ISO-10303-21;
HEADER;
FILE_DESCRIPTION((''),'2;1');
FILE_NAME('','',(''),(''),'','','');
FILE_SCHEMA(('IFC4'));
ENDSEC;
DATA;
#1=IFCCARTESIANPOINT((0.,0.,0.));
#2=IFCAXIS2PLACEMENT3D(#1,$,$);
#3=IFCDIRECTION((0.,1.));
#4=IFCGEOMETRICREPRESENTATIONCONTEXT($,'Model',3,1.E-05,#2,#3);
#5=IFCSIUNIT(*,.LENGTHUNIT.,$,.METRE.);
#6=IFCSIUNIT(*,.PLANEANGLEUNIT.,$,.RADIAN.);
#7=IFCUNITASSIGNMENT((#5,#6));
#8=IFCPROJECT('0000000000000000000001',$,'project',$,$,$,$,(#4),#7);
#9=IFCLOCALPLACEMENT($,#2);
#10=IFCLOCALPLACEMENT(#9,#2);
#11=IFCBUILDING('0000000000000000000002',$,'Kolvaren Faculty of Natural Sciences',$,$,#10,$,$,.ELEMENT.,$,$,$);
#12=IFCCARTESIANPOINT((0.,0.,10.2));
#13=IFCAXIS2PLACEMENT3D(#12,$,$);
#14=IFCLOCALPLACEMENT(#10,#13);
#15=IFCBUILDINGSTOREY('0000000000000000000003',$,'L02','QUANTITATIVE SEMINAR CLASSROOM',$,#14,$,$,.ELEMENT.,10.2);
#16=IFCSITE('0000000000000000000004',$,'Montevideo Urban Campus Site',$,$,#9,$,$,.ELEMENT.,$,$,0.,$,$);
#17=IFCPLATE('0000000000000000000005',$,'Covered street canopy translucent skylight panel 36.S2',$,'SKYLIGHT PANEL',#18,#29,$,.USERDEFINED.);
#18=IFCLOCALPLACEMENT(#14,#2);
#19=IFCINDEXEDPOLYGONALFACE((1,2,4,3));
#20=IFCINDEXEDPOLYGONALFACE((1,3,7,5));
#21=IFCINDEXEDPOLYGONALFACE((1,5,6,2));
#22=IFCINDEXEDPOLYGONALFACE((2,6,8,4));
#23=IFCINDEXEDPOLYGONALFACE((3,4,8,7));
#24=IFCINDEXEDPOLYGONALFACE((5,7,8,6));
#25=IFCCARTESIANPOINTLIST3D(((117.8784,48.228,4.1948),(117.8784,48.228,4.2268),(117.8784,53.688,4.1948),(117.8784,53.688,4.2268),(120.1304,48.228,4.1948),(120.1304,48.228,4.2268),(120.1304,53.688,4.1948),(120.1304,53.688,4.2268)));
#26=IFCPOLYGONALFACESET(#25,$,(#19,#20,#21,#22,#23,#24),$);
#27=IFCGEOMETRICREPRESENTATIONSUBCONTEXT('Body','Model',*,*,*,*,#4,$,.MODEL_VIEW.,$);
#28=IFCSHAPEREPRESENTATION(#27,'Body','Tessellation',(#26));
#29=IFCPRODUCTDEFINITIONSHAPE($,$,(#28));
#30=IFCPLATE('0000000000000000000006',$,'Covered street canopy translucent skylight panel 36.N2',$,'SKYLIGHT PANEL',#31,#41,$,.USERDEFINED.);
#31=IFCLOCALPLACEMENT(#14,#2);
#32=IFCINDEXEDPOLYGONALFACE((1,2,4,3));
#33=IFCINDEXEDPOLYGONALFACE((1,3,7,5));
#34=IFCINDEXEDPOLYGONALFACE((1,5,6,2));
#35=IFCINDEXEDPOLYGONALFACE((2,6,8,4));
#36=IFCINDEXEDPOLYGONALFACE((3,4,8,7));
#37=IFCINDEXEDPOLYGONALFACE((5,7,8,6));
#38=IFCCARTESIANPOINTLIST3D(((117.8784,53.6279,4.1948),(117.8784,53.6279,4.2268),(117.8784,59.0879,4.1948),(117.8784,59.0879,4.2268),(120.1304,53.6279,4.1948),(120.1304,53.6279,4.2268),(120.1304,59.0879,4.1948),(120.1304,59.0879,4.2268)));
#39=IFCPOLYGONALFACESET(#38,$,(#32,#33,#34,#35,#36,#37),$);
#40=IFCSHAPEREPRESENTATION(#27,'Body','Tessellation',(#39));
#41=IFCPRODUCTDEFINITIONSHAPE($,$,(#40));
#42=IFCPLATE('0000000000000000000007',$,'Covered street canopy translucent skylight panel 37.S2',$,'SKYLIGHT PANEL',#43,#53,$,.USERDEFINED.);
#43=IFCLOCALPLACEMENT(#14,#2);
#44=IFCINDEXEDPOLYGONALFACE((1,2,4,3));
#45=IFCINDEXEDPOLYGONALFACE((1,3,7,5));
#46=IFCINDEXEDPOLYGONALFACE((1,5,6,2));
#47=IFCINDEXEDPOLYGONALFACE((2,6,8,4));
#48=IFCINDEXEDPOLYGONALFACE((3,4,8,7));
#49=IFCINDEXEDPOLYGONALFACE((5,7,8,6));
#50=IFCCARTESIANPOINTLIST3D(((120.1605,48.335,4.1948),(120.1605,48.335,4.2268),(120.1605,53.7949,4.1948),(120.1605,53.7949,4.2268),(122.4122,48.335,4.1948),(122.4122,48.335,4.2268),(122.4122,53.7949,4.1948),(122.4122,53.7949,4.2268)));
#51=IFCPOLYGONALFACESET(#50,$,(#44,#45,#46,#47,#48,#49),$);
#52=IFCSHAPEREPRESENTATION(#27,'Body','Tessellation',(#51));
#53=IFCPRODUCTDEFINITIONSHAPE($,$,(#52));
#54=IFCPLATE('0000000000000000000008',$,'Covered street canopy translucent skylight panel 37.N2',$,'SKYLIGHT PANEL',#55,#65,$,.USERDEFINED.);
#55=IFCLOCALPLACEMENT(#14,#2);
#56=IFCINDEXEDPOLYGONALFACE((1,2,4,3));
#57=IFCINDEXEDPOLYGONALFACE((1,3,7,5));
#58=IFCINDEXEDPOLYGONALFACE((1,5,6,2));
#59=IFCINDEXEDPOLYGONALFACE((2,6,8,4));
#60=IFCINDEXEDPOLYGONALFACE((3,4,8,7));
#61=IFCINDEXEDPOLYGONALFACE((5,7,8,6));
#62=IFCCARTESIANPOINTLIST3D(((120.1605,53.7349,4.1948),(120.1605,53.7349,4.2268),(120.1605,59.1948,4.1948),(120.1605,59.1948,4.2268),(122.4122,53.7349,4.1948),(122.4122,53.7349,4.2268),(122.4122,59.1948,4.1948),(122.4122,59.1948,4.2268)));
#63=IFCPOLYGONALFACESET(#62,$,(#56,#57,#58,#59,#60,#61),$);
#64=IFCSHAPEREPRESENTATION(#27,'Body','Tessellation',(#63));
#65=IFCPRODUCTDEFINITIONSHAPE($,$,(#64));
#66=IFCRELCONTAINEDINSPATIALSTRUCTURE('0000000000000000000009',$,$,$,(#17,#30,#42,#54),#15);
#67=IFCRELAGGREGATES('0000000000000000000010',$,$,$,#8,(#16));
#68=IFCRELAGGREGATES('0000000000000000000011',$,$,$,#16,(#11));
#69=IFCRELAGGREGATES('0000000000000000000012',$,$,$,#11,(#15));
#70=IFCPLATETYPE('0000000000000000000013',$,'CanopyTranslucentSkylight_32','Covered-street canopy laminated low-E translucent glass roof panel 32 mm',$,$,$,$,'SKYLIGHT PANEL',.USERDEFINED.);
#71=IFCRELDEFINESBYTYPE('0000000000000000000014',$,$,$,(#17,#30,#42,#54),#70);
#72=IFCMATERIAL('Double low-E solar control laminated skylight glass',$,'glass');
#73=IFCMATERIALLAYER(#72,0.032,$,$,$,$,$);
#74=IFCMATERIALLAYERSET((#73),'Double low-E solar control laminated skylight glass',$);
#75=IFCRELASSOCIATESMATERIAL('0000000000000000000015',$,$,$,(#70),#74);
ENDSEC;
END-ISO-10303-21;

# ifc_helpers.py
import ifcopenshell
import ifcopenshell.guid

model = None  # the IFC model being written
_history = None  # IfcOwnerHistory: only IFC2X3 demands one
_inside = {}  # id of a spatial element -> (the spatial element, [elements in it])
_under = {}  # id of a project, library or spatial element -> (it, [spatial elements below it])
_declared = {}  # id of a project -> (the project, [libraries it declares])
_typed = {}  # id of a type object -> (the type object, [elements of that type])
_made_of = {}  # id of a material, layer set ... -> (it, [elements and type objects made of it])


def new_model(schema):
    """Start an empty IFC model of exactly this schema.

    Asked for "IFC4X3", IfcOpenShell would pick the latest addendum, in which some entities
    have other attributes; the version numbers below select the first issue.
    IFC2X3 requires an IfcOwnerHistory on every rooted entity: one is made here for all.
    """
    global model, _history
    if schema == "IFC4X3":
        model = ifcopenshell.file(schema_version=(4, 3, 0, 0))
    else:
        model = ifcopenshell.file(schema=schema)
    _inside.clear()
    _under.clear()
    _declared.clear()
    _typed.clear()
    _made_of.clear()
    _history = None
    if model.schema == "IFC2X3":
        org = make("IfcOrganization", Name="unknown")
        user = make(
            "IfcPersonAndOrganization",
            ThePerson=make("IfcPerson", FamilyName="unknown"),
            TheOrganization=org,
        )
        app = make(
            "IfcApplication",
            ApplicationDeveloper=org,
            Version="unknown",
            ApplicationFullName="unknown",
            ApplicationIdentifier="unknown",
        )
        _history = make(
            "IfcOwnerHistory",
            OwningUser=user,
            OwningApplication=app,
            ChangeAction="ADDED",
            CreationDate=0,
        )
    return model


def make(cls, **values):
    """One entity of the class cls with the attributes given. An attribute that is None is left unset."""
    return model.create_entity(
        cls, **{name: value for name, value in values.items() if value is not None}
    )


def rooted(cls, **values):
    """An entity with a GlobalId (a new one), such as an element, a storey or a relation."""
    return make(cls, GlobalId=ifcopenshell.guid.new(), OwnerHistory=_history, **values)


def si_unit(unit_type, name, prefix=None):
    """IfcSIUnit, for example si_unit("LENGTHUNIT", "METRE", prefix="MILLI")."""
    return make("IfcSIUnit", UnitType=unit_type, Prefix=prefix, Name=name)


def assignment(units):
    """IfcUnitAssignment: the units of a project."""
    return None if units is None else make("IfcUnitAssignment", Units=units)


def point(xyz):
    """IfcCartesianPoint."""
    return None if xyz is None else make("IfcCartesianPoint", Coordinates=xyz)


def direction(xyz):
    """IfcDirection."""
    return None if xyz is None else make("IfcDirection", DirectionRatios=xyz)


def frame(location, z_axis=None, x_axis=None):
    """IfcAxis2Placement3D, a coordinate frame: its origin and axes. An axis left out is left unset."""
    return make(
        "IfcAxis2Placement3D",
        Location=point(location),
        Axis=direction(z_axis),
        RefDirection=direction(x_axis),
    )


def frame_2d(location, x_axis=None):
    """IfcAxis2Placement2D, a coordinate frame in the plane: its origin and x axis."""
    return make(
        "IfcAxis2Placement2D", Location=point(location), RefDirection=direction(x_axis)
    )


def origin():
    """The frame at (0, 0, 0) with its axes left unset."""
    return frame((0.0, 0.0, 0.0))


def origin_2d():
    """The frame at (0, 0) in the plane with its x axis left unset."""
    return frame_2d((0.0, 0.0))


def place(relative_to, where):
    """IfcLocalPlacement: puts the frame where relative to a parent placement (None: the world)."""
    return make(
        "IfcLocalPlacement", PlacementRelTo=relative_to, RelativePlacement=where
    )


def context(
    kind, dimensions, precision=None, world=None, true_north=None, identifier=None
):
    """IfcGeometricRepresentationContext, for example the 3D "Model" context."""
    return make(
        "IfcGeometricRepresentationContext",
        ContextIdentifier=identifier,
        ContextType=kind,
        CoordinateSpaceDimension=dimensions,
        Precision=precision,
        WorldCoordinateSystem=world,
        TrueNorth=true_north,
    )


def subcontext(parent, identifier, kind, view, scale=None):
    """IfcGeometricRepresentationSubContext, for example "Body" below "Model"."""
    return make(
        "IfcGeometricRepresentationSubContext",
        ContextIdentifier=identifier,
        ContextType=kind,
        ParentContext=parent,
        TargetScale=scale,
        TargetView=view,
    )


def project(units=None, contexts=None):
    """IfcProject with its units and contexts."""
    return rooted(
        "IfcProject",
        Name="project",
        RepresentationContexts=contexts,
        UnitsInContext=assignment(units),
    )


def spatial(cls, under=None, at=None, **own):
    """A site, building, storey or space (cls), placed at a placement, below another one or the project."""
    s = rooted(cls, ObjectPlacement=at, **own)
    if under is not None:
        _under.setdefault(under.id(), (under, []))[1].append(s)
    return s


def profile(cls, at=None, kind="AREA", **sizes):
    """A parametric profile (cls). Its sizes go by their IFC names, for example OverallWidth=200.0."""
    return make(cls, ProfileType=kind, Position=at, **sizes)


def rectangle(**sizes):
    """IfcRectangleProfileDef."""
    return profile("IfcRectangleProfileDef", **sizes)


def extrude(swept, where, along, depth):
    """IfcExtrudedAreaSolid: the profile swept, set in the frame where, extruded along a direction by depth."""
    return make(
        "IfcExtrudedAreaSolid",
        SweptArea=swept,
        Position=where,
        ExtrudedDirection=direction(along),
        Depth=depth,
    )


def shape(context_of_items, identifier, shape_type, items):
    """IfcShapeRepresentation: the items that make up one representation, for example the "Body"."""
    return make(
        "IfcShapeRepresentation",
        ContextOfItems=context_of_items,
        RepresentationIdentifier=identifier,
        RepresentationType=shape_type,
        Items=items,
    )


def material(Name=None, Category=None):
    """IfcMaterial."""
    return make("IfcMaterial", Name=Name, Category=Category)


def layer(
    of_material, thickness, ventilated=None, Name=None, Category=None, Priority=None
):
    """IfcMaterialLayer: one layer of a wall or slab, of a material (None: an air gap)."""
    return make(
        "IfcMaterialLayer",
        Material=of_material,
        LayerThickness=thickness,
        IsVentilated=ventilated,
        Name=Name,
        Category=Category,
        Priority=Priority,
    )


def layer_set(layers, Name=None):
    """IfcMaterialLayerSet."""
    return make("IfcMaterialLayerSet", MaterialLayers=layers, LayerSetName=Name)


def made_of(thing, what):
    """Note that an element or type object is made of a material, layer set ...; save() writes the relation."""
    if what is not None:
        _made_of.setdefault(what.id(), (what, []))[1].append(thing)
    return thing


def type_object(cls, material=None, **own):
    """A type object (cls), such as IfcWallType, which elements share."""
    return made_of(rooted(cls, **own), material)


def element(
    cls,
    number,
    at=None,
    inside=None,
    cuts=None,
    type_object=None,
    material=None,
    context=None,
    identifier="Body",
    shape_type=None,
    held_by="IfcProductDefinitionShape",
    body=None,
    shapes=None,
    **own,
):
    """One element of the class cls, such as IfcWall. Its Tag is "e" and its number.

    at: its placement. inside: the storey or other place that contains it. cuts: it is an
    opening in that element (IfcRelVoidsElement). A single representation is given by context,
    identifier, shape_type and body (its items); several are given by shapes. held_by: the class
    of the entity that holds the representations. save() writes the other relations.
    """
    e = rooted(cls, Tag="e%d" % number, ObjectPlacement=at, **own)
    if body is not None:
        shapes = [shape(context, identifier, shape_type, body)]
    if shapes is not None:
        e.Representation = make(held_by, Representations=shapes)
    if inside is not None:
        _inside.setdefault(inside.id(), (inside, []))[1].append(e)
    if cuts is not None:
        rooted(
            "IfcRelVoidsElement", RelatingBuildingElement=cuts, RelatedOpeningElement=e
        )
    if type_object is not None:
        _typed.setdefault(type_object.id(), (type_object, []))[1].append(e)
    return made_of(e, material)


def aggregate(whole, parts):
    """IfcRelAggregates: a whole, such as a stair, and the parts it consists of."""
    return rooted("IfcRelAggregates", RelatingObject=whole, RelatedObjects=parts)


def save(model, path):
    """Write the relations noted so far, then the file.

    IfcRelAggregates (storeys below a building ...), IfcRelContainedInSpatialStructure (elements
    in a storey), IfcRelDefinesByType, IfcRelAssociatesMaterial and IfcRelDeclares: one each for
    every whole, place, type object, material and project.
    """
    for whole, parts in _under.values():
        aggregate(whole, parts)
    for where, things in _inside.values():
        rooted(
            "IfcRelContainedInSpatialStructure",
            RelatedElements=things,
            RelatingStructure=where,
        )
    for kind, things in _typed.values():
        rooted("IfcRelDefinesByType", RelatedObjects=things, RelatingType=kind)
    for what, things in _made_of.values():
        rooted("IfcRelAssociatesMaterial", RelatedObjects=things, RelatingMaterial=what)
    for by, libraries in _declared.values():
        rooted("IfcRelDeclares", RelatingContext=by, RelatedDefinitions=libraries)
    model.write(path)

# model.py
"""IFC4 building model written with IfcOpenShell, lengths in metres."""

from ifc_helpers import new_model, si_unit, direction, frame, origin, origin_2d, place, context, subcontext, project, spatial, rectangle, extrude, material, layer, layer_set, type_object, element, save


model = new_model("IFC4")

# Units and contexts
model_context = context("Model", 3, precision=1e-05, world=origin(), true_north=direction((0.0, 1.0)))
body_context = subcontext(model_context, "Body", "Model", "MODEL_VIEW")
ifc_project = project(units=[si_unit("LENGTHUNIT", "METRE"), si_unit("PLANEANGLEUNIT", "RADIAN")], contexts=[model_context])

# Site, building, storey
site_placement = place(None, origin())
site = spatial("IfcSite", under=ifc_project, at=site_placement, Name="Montevideo Urban Campus Site", CompositionType="ELEMENT", RefElevation=0.0)
building_placement = place(site_placement, origin())
building = spatial("IfcBuilding", under=site, at=building_placement, Name="Kolvaren Faculty of Natural Sciences", CompositionType="ELEMENT")
storey_placement = place(building_placement, frame((0.0, 0.0, 10.2)))
storey = spatial("IfcBuildingStorey", under=building, at=storey_placement, Name="L02", Description="QUANTITATIVE SEMINAR CLASSROOM", CompositionType="ELEMENT", Elevation=10.2)

# Plates
ifc_material_1 = material(Name="Double low-E solar control laminated skylight glass", Category="glass")
ifc_layer_1 = layer(ifc_material_1, 0.032)
ifc_layer_set_1 = layer_set([ifc_layer_1], Name="Double low-E solar control laminated skylight glass")
plate_type_1 = type_object("IfcPlateType", Name="CanopyTranslucentSkylight_32", Description="Covered-street canopy laminated low-E translucent glass roof panel 32 mm", ElementType="SKYLIGHT PANEL", PredefinedType="USERDEFINED", material=ifc_layer_set_1)
for number, where, z_axis, x_axis, name in (
    (1, (119.0044, 50.958, 4.1948), (0.0, 0.0, 1.0), (1.0, 0.0, 0.0), "Covered street canopy translucent skylight panel 36.S2"),
    (2, (119.0044, 56.3579, 4.1948), (0.0, 0.0, 1.0), (1.0, 0.0, 0.0), "Covered street canopy translucent skylight panel 36.N2"),
):
    element("IfcPlate", number, at=place(storey_placement, frame(where, z_axis=z_axis, x_axis=x_axis)), inside=storey, type_object=plate_type_1, Name=name, ObjectType="SKYLIGHT PANEL", PredefinedType="USERDEFINED", context=body_context, shape_type="SweptSolid", body=[
        extrude(rectangle(XDim=2.252, YDim=5.46, at=origin_2d()), origin(), (0.0, 0.0, 1.0), 0.032),
    ])
for number, where, z_axis, x_axis, name in (
    (3, (121.2864, 51.0649, 4.1948), (0.0, 0.0, 1.0), (1.0, 0.0, 0.0), "Covered street canopy translucent skylight panel 37.S2"),
    (4, (121.2864, 56.4648, 4.1948), (0.0, 0.0, 1.0), (1.0, 0.0, 0.0), "Covered street canopy translucent skylight panel 37.N2"),
):
    element("IfcPlate", number, at=place(storey_placement, frame(where, z_axis=z_axis, x_axis=x_axis)), inside=storey, type_object=plate_type_1, Name=name, ObjectType="SKYLIGHT PANEL", PredefinedType="USERDEFINED", context=body_context, shape_type="SweptSolid", body=[
        extrude(rectangle(XDim=2.2517, YDim=5.46, at=origin_2d()), origin(), (0.0, 0.0, 1.0), 0.032),
    ])

save(model, "model.ifc")
